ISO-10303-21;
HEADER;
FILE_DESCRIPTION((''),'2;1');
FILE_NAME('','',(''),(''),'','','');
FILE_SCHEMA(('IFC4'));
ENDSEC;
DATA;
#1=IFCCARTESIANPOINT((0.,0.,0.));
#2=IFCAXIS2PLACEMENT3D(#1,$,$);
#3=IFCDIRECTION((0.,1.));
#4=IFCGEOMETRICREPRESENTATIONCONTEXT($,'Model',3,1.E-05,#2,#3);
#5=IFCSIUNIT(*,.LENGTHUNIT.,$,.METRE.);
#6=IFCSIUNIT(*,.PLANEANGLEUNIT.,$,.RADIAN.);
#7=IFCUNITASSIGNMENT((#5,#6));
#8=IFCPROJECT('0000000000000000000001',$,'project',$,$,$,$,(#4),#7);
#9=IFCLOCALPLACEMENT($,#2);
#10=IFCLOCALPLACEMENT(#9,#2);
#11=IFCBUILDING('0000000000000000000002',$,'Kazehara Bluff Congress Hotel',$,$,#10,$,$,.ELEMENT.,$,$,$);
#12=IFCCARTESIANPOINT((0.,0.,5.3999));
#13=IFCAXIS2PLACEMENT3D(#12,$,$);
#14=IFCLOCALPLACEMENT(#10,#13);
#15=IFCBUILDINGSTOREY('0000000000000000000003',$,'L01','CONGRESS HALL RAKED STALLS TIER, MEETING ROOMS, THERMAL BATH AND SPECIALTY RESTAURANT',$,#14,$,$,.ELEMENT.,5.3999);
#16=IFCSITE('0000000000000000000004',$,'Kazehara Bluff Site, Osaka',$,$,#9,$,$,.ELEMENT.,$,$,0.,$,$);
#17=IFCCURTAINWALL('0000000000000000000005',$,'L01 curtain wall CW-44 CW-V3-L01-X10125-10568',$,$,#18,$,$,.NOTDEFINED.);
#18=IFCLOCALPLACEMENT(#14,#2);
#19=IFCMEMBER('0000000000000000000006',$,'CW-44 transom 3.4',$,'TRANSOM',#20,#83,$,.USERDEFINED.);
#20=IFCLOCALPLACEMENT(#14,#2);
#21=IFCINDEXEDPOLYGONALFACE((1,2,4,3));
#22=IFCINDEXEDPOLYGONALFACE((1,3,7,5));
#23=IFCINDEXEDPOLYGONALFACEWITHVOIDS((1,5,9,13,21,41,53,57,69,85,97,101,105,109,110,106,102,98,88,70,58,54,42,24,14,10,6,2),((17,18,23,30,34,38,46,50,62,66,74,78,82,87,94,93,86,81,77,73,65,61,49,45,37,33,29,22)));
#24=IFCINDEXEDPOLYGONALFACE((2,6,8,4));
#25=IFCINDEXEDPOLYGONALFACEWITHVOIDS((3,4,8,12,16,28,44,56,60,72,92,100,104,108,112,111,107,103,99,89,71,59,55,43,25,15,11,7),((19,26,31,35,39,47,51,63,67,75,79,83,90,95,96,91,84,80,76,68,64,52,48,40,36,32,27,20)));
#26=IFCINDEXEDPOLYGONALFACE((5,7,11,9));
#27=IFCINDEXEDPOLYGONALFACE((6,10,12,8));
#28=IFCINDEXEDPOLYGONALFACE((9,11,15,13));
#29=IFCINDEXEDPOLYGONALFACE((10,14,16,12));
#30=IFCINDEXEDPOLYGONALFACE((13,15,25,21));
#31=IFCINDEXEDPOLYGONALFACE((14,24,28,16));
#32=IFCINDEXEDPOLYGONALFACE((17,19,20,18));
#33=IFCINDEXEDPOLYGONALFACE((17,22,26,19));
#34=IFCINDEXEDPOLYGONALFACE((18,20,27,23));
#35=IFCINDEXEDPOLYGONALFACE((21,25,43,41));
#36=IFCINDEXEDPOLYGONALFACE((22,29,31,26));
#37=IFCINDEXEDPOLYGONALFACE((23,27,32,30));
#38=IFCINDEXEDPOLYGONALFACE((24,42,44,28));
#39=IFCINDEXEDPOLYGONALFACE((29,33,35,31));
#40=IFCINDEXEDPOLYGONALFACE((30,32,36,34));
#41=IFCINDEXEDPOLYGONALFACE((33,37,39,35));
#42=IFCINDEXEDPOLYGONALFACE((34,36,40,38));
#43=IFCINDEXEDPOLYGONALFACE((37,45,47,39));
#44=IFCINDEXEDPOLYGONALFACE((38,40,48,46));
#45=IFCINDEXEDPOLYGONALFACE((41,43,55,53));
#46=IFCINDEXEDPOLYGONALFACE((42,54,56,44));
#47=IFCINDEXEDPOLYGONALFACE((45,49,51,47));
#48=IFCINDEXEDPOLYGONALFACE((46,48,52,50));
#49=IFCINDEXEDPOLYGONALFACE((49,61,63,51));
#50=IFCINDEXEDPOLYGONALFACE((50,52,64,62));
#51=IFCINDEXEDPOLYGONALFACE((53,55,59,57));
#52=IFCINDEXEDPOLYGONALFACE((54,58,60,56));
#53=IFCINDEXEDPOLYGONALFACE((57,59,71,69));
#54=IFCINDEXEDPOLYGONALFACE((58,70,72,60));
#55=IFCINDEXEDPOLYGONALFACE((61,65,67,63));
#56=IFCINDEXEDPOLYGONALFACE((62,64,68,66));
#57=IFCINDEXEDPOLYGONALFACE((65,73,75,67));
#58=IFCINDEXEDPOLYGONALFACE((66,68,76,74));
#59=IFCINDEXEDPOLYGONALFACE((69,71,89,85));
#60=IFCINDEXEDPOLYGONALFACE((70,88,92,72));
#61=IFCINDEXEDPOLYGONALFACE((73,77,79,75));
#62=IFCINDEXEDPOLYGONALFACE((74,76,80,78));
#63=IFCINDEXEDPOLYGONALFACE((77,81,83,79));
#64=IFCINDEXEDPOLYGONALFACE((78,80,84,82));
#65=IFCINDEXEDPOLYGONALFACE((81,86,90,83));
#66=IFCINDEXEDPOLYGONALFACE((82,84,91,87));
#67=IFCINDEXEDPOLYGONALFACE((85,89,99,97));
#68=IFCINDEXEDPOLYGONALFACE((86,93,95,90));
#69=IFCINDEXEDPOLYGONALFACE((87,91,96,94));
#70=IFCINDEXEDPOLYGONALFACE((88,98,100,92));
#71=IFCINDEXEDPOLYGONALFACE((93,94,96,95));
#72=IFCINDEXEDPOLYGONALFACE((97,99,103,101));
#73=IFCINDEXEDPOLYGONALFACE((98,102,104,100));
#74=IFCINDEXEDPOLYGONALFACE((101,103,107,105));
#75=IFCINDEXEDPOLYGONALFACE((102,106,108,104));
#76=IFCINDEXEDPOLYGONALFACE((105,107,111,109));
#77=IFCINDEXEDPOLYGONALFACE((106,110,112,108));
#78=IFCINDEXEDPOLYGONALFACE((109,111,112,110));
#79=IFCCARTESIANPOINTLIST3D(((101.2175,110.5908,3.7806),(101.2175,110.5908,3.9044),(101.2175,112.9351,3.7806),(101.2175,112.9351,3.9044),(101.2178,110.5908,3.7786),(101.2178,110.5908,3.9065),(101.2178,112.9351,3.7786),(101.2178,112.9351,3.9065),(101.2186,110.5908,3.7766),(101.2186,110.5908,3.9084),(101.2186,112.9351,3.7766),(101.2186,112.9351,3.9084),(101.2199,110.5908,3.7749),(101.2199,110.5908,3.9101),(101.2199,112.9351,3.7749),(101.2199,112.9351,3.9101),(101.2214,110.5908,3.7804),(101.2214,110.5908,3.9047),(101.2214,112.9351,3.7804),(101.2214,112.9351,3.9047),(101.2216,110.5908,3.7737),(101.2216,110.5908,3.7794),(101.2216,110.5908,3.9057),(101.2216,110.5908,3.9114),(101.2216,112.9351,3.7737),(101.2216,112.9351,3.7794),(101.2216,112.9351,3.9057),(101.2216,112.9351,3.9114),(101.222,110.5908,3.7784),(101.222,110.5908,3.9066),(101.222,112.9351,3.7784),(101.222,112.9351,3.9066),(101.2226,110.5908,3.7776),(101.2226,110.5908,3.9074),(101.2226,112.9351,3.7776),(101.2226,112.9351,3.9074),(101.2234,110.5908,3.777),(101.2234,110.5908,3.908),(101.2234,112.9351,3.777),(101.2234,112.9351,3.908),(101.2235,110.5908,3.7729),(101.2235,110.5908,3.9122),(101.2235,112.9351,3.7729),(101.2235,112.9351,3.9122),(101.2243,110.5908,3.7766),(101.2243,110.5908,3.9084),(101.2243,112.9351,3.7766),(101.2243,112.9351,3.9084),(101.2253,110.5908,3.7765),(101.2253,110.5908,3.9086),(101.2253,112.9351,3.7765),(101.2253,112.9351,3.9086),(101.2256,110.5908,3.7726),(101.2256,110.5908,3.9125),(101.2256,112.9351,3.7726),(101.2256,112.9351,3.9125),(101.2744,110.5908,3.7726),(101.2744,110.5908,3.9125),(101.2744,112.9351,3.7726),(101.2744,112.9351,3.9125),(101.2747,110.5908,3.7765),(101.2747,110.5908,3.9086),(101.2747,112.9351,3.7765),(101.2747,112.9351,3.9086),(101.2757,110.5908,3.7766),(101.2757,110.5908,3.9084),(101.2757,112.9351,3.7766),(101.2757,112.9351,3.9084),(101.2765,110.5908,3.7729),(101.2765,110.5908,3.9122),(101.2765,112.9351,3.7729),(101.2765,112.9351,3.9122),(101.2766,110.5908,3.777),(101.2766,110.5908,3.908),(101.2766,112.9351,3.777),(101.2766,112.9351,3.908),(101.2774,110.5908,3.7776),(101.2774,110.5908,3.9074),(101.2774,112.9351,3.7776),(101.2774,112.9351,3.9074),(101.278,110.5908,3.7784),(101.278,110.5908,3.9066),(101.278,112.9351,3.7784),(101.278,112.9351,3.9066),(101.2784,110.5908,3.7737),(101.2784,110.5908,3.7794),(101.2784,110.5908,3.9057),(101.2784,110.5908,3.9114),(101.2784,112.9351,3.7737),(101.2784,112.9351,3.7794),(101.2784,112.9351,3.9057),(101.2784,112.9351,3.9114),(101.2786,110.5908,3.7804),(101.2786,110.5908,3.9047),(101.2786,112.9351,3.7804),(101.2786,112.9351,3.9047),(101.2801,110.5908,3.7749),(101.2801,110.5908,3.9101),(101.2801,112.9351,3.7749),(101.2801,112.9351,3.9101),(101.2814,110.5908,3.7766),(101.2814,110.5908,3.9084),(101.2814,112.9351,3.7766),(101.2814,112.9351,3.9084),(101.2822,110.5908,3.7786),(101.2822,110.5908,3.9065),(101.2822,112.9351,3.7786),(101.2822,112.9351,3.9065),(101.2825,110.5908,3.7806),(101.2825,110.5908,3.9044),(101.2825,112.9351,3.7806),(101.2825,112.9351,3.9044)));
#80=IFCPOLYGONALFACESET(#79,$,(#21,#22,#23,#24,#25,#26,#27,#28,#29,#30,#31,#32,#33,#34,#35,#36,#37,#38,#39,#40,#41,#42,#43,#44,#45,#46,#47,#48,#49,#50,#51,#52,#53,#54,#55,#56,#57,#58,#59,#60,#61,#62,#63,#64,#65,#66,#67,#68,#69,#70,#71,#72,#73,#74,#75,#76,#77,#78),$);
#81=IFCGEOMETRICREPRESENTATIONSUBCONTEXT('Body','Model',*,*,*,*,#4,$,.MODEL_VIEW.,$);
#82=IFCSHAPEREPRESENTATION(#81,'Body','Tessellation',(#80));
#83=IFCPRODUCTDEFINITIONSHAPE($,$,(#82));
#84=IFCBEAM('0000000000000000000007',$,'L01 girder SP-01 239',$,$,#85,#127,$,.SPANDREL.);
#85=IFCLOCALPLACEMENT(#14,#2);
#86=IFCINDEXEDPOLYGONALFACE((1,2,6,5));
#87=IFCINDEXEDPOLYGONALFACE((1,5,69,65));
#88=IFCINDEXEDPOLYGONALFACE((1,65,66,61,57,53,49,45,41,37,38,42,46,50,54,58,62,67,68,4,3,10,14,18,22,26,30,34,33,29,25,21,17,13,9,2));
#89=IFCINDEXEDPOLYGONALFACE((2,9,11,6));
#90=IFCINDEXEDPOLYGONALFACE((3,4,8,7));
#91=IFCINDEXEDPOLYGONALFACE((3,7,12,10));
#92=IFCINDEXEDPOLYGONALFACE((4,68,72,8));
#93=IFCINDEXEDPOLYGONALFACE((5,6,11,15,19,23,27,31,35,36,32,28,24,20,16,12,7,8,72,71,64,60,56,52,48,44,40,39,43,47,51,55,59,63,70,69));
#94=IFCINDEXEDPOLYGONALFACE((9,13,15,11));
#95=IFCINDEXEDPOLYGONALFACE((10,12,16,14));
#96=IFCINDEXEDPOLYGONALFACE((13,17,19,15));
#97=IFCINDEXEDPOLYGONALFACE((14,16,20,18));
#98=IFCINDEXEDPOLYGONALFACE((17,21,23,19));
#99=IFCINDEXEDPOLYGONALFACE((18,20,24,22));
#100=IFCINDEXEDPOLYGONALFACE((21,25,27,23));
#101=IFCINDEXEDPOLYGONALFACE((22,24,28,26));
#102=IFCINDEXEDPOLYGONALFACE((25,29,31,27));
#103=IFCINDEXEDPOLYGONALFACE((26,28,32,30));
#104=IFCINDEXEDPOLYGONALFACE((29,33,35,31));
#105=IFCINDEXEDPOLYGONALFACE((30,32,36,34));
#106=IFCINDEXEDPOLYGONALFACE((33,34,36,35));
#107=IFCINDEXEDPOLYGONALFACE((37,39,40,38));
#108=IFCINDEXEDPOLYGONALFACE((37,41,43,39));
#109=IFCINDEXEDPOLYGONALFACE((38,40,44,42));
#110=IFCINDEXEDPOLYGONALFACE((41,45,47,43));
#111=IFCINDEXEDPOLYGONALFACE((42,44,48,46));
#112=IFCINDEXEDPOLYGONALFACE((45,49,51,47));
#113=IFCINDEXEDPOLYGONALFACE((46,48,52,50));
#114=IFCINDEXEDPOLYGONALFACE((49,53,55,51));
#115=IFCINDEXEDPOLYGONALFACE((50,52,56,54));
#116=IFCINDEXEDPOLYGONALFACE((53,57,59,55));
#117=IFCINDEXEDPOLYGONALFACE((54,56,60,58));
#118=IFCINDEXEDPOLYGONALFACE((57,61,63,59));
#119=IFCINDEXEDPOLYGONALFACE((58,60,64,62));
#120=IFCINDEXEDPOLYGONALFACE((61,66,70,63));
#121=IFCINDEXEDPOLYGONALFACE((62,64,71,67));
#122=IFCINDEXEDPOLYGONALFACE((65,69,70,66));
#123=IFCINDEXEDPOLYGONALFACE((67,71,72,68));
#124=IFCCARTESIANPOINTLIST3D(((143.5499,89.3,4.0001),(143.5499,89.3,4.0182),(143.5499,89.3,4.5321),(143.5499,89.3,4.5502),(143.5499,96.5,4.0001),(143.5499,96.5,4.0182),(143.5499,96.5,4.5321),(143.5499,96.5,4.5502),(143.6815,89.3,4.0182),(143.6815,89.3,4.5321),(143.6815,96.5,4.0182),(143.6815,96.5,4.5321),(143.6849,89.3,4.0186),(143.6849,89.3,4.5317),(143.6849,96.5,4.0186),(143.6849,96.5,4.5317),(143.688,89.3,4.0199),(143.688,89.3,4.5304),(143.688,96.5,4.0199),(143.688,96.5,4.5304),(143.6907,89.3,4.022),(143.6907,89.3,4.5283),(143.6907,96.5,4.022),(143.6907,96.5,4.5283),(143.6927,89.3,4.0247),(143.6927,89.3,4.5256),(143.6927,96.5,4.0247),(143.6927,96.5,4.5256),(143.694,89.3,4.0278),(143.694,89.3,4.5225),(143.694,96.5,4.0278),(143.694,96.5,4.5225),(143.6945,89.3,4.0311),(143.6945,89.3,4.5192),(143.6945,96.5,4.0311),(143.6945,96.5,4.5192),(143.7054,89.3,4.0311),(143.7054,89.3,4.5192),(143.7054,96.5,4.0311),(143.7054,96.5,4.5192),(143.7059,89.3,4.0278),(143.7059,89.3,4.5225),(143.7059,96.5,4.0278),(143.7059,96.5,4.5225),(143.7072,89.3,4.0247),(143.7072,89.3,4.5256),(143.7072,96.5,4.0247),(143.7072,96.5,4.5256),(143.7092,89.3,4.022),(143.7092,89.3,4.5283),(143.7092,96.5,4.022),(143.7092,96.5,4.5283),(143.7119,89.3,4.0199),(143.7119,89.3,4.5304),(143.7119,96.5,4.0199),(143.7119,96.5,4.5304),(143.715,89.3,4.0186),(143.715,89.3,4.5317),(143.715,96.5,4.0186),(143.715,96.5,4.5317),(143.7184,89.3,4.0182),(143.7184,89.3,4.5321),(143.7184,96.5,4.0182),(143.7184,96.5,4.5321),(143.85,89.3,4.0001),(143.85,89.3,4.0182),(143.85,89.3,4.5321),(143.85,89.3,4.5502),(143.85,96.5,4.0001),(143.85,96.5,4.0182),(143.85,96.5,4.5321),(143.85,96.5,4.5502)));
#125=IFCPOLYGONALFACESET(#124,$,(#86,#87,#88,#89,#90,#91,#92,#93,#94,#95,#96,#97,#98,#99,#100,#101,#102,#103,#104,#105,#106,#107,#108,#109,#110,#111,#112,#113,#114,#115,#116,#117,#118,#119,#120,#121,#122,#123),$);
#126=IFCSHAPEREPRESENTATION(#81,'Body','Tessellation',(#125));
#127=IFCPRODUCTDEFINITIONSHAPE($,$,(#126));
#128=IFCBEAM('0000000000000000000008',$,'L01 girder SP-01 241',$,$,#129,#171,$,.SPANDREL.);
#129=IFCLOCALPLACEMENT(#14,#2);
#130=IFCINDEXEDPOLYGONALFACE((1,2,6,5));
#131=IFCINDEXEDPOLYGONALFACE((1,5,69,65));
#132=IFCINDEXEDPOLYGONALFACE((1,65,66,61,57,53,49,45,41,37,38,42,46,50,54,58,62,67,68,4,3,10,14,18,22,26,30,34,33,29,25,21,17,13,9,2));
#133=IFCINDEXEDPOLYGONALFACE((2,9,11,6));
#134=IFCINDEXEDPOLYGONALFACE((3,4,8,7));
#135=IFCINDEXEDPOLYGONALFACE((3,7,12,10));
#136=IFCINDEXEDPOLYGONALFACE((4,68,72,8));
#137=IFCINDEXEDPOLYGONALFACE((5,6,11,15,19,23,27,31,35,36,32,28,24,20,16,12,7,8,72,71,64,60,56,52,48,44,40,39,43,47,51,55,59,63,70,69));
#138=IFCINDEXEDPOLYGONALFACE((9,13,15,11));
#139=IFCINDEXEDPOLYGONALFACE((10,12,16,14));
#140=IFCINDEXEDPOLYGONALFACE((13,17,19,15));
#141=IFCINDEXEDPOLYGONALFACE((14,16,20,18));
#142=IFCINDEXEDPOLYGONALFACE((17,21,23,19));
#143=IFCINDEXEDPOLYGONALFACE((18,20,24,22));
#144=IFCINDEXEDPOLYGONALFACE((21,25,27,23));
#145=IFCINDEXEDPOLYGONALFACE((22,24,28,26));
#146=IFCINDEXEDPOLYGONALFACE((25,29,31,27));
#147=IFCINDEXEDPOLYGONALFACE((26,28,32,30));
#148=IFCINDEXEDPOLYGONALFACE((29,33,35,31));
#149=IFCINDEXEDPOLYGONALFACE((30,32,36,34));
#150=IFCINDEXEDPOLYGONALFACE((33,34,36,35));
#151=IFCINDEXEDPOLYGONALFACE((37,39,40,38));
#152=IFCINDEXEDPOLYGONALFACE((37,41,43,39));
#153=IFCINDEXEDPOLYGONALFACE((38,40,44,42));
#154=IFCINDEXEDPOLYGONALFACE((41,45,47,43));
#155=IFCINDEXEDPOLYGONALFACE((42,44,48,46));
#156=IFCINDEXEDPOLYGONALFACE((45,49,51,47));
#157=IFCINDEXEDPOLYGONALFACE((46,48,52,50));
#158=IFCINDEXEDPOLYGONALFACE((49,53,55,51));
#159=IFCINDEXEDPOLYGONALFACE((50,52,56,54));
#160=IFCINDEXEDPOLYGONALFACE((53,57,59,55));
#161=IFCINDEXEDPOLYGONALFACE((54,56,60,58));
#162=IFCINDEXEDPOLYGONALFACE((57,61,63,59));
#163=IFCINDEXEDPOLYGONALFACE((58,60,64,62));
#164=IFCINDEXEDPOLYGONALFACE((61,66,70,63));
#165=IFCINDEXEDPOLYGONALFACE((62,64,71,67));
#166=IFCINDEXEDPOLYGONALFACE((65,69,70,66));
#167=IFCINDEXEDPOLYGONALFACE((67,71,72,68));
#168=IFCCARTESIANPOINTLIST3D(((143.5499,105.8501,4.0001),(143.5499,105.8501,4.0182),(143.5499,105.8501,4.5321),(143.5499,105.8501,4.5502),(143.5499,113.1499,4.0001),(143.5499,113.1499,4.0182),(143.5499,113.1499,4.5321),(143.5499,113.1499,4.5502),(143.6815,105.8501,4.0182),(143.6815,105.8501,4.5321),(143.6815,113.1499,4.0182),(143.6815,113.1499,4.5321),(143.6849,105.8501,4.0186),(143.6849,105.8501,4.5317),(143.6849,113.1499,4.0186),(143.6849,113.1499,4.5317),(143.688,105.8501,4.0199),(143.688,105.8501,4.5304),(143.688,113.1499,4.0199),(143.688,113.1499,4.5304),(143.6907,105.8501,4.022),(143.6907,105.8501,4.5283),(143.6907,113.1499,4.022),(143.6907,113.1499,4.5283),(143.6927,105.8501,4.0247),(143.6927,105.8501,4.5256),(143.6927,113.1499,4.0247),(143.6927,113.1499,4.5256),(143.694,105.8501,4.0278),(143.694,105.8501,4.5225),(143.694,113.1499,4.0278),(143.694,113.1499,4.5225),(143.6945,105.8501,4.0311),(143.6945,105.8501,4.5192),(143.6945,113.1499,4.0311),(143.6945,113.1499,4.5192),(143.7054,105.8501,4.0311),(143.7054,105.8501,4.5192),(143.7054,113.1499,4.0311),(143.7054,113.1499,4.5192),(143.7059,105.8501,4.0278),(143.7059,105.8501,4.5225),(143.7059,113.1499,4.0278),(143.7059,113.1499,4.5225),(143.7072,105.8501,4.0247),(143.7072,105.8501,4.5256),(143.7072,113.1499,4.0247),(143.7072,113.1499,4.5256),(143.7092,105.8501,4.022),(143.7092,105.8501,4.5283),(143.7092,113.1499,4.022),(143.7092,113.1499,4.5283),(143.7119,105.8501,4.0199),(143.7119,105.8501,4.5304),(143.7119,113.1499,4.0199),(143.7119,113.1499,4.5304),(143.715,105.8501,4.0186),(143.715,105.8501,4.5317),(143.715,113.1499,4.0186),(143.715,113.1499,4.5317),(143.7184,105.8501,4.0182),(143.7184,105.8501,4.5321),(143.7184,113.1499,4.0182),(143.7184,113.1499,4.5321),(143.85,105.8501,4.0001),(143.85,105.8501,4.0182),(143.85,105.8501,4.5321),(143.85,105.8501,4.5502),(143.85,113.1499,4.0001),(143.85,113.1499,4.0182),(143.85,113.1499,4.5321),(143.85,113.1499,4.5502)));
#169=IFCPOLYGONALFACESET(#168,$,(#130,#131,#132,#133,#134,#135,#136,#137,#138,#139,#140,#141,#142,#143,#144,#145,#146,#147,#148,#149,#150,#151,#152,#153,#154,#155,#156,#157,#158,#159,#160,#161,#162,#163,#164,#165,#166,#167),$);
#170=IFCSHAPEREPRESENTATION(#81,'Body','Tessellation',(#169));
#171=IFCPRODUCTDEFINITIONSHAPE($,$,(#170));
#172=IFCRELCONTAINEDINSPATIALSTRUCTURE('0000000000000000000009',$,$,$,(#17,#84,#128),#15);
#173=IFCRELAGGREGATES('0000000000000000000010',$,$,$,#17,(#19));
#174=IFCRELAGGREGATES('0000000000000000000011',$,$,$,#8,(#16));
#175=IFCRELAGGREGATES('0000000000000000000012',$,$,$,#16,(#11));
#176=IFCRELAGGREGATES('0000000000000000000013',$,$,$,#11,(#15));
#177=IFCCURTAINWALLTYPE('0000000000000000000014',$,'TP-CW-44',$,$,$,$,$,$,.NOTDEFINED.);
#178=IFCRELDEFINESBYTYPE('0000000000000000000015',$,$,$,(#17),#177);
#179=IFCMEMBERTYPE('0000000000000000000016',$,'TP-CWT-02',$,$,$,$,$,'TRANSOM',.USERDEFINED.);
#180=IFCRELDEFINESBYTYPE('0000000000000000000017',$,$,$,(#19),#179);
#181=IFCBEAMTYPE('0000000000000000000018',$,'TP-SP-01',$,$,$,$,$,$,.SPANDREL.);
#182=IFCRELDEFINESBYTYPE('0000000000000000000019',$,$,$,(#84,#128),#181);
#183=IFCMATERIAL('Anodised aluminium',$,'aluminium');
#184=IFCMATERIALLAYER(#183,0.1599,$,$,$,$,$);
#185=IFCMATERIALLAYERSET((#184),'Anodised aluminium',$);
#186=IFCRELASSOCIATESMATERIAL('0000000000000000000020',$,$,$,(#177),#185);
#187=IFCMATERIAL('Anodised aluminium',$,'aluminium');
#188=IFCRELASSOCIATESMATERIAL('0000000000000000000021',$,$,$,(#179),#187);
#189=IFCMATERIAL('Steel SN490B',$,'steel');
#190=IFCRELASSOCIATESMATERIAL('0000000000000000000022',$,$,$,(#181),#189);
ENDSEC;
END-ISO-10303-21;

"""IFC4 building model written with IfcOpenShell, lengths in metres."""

from ifc_helpers import new_model, si_unit, direction, frame, origin, origin_2d, place, context, subcontext, project, spatial, hollow_rectangle, i_section, extrude, material, layer, layer_set, material_profile, profile_set, type_object, element, aggregate, save


model = new_model("IFC4")

# Units and contexts
model_context = context("Model", 3, precision=1e-05, world=origin(), true_north=direction((0.0, 1.0)))
body_context = subcontext(model_context, "Body", "Model", "MODEL_VIEW")
ifc_project = project(units=[si_unit("LENGTHUNIT", "METRE"), si_unit("PLANEANGLEUNIT", "RADIAN")], contexts=[model_context])

# Site, building, storey
site_placement = place(None, origin())
site = spatial("IfcSite", under=ifc_project, at=site_placement, Name="Kazehara Bluff Site, Osaka", CompositionType="ELEMENT", RefElevation=0.0)
building_placement = place(site_placement, origin())
building = spatial("IfcBuilding", under=site, at=building_placement, Name="Kazehara Bluff Congress Hotel", CompositionType="ELEMENT")
storey_placement = place(building_placement, frame((0.0, 0.0, 5.3999)))
storey = spatial("IfcBuildingStorey", under=building, at=storey_placement, Name="L01", Description="CONGRESS HALL RAKED STALLS TIER, MEETING ROOMS, THERMAL BATH AND SPECIALTY RESTAURANT", CompositionType="ELEMENT", Elevation=5.3999)

# Curtain wall, member
ifc_material_1 = material(Name="Anodised aluminium", Category="aluminium")
ifc_layer_1 = layer(ifc_material_1, 0.1599)
ifc_layer_set_1 = layer_set([ifc_layer_1], Name="Anodised aluminium")
curtain_wall_type = type_object("IfcCurtainWallType", Name="TP-CW-44", PredefinedType="NOTDEFINED", material=ifc_layer_set_1)
curtain_wall_placement = place(storey_placement, origin())
curtain_wall = element("IfcCurtainWall", 1, at=curtain_wall_placement, inside=storey, type_object=curtain_wall_type, Name="L01 curtain wall CW-44 CW-V3-L01-X10125-10568", PredefinedType="NOTDEFINED")
ifc_material_2 = material(Name="Anodised aluminium", Category="aluminium")
ifc_material_profile_1 = material_profile(ifc_material_2, hollow_rectangle(XDim=0.0649, YDim=0.1399, WallThickness=0.0039, InnerFilletRadius=0.0039, OuterFilletRadius=0.0081, at=origin_2d()))
ifc_profile_set_1 = profile_set([ifc_material_profile_1], Name="Anodised aluminium")
member_type_1 = type_object("IfcMemberType", Name="TP-CWT-02", ElementType="TRANSOM", PredefinedType="USERDEFINED", material=ifc_profile_set_1)
member_1_placement = place(storey_placement, frame((101.25, 110.5908, 3.8425), z_axis=(0.0, 1.0, 0.0), x_axis=(-1.0, 0.0, 0.0)))
member_1 = element("IfcMember", 2, at=member_1_placement, type_object=member_type_1, Name="CW-44 transom 3.4", ObjectType="TRANSOM", PredefinedType="USERDEFINED", context=body_context, shape_type="SweptSolid", body=[
    extrude(hollow_rectangle(XDim=0.0649, YDim=0.1399, WallThickness=0.0039, InnerFilletRadius=0.0039, OuterFilletRadius=0.0081, at=origin_2d()), origin(), (0.0, 0.0, 1.0), 2.3442),
])

# Beams
ifc_material_3 = material(Name="Steel SN490B", Category="steel")
ifc_material_profile_2 = material_profile(ifc_material_3, i_section(OverallWidth=0.3, OverallDepth=0.55, WebThickness=0.011, FlangeThickness=0.0181, FilletRadius=0.0129, at=origin_2d()))
ifc_profile_set_2 = profile_set([ifc_material_profile_2], Name="Steel SN490B")
beam_type_1 = type_object("IfcBeamType", Name="TP-SP-01", PredefinedType="SPANDREL", material=ifc_profile_set_2)
beam_1_placement = place(storey_placement, frame((143.7, 89.3, 4.2751), z_axis=(0.0, 1.0, 0.0), x_axis=(-1.0, 0.0, 0.0)))
element("IfcBeam", 3, at=beam_1_placement, inside=storey, type_object=beam_type_1, Name="L01 girder SP-01 239", PredefinedType="SPANDREL", context=body_context, shape_type="SweptSolid", body=[
    extrude(i_section(OverallWidth=0.3, OverallDepth=0.55, WebThickness=0.011, FlangeThickness=0.0181, FilletRadius=0.0129, at=origin_2d()), origin(), (0.0, 0.0, 1.0), 7.2),
])
beam_2_placement = place(storey_placement, frame((143.7, 105.8501, 4.2751), z_axis=(0.0, 1.0, 0.0), x_axis=(-1.0, 0.0, 0.0)))
element("IfcBeam", 4, at=beam_2_placement, inside=storey, type_object=beam_type_1, Name="L01 girder SP-01 241", PredefinedType="SPANDREL", context=body_context, shape_type="SweptSolid", body=[
    extrude(i_section(OverallWidth=0.3, OverallDepth=0.55, WebThickness=0.011, FlangeThickness=0.0181, FilletRadius=0.0129, at=origin_2d()), origin(), (0.0, 0.0, 1.0), 7.2998),
])

aggregate(curtain_wall, [member_1])

save(model, "model.ifc")
